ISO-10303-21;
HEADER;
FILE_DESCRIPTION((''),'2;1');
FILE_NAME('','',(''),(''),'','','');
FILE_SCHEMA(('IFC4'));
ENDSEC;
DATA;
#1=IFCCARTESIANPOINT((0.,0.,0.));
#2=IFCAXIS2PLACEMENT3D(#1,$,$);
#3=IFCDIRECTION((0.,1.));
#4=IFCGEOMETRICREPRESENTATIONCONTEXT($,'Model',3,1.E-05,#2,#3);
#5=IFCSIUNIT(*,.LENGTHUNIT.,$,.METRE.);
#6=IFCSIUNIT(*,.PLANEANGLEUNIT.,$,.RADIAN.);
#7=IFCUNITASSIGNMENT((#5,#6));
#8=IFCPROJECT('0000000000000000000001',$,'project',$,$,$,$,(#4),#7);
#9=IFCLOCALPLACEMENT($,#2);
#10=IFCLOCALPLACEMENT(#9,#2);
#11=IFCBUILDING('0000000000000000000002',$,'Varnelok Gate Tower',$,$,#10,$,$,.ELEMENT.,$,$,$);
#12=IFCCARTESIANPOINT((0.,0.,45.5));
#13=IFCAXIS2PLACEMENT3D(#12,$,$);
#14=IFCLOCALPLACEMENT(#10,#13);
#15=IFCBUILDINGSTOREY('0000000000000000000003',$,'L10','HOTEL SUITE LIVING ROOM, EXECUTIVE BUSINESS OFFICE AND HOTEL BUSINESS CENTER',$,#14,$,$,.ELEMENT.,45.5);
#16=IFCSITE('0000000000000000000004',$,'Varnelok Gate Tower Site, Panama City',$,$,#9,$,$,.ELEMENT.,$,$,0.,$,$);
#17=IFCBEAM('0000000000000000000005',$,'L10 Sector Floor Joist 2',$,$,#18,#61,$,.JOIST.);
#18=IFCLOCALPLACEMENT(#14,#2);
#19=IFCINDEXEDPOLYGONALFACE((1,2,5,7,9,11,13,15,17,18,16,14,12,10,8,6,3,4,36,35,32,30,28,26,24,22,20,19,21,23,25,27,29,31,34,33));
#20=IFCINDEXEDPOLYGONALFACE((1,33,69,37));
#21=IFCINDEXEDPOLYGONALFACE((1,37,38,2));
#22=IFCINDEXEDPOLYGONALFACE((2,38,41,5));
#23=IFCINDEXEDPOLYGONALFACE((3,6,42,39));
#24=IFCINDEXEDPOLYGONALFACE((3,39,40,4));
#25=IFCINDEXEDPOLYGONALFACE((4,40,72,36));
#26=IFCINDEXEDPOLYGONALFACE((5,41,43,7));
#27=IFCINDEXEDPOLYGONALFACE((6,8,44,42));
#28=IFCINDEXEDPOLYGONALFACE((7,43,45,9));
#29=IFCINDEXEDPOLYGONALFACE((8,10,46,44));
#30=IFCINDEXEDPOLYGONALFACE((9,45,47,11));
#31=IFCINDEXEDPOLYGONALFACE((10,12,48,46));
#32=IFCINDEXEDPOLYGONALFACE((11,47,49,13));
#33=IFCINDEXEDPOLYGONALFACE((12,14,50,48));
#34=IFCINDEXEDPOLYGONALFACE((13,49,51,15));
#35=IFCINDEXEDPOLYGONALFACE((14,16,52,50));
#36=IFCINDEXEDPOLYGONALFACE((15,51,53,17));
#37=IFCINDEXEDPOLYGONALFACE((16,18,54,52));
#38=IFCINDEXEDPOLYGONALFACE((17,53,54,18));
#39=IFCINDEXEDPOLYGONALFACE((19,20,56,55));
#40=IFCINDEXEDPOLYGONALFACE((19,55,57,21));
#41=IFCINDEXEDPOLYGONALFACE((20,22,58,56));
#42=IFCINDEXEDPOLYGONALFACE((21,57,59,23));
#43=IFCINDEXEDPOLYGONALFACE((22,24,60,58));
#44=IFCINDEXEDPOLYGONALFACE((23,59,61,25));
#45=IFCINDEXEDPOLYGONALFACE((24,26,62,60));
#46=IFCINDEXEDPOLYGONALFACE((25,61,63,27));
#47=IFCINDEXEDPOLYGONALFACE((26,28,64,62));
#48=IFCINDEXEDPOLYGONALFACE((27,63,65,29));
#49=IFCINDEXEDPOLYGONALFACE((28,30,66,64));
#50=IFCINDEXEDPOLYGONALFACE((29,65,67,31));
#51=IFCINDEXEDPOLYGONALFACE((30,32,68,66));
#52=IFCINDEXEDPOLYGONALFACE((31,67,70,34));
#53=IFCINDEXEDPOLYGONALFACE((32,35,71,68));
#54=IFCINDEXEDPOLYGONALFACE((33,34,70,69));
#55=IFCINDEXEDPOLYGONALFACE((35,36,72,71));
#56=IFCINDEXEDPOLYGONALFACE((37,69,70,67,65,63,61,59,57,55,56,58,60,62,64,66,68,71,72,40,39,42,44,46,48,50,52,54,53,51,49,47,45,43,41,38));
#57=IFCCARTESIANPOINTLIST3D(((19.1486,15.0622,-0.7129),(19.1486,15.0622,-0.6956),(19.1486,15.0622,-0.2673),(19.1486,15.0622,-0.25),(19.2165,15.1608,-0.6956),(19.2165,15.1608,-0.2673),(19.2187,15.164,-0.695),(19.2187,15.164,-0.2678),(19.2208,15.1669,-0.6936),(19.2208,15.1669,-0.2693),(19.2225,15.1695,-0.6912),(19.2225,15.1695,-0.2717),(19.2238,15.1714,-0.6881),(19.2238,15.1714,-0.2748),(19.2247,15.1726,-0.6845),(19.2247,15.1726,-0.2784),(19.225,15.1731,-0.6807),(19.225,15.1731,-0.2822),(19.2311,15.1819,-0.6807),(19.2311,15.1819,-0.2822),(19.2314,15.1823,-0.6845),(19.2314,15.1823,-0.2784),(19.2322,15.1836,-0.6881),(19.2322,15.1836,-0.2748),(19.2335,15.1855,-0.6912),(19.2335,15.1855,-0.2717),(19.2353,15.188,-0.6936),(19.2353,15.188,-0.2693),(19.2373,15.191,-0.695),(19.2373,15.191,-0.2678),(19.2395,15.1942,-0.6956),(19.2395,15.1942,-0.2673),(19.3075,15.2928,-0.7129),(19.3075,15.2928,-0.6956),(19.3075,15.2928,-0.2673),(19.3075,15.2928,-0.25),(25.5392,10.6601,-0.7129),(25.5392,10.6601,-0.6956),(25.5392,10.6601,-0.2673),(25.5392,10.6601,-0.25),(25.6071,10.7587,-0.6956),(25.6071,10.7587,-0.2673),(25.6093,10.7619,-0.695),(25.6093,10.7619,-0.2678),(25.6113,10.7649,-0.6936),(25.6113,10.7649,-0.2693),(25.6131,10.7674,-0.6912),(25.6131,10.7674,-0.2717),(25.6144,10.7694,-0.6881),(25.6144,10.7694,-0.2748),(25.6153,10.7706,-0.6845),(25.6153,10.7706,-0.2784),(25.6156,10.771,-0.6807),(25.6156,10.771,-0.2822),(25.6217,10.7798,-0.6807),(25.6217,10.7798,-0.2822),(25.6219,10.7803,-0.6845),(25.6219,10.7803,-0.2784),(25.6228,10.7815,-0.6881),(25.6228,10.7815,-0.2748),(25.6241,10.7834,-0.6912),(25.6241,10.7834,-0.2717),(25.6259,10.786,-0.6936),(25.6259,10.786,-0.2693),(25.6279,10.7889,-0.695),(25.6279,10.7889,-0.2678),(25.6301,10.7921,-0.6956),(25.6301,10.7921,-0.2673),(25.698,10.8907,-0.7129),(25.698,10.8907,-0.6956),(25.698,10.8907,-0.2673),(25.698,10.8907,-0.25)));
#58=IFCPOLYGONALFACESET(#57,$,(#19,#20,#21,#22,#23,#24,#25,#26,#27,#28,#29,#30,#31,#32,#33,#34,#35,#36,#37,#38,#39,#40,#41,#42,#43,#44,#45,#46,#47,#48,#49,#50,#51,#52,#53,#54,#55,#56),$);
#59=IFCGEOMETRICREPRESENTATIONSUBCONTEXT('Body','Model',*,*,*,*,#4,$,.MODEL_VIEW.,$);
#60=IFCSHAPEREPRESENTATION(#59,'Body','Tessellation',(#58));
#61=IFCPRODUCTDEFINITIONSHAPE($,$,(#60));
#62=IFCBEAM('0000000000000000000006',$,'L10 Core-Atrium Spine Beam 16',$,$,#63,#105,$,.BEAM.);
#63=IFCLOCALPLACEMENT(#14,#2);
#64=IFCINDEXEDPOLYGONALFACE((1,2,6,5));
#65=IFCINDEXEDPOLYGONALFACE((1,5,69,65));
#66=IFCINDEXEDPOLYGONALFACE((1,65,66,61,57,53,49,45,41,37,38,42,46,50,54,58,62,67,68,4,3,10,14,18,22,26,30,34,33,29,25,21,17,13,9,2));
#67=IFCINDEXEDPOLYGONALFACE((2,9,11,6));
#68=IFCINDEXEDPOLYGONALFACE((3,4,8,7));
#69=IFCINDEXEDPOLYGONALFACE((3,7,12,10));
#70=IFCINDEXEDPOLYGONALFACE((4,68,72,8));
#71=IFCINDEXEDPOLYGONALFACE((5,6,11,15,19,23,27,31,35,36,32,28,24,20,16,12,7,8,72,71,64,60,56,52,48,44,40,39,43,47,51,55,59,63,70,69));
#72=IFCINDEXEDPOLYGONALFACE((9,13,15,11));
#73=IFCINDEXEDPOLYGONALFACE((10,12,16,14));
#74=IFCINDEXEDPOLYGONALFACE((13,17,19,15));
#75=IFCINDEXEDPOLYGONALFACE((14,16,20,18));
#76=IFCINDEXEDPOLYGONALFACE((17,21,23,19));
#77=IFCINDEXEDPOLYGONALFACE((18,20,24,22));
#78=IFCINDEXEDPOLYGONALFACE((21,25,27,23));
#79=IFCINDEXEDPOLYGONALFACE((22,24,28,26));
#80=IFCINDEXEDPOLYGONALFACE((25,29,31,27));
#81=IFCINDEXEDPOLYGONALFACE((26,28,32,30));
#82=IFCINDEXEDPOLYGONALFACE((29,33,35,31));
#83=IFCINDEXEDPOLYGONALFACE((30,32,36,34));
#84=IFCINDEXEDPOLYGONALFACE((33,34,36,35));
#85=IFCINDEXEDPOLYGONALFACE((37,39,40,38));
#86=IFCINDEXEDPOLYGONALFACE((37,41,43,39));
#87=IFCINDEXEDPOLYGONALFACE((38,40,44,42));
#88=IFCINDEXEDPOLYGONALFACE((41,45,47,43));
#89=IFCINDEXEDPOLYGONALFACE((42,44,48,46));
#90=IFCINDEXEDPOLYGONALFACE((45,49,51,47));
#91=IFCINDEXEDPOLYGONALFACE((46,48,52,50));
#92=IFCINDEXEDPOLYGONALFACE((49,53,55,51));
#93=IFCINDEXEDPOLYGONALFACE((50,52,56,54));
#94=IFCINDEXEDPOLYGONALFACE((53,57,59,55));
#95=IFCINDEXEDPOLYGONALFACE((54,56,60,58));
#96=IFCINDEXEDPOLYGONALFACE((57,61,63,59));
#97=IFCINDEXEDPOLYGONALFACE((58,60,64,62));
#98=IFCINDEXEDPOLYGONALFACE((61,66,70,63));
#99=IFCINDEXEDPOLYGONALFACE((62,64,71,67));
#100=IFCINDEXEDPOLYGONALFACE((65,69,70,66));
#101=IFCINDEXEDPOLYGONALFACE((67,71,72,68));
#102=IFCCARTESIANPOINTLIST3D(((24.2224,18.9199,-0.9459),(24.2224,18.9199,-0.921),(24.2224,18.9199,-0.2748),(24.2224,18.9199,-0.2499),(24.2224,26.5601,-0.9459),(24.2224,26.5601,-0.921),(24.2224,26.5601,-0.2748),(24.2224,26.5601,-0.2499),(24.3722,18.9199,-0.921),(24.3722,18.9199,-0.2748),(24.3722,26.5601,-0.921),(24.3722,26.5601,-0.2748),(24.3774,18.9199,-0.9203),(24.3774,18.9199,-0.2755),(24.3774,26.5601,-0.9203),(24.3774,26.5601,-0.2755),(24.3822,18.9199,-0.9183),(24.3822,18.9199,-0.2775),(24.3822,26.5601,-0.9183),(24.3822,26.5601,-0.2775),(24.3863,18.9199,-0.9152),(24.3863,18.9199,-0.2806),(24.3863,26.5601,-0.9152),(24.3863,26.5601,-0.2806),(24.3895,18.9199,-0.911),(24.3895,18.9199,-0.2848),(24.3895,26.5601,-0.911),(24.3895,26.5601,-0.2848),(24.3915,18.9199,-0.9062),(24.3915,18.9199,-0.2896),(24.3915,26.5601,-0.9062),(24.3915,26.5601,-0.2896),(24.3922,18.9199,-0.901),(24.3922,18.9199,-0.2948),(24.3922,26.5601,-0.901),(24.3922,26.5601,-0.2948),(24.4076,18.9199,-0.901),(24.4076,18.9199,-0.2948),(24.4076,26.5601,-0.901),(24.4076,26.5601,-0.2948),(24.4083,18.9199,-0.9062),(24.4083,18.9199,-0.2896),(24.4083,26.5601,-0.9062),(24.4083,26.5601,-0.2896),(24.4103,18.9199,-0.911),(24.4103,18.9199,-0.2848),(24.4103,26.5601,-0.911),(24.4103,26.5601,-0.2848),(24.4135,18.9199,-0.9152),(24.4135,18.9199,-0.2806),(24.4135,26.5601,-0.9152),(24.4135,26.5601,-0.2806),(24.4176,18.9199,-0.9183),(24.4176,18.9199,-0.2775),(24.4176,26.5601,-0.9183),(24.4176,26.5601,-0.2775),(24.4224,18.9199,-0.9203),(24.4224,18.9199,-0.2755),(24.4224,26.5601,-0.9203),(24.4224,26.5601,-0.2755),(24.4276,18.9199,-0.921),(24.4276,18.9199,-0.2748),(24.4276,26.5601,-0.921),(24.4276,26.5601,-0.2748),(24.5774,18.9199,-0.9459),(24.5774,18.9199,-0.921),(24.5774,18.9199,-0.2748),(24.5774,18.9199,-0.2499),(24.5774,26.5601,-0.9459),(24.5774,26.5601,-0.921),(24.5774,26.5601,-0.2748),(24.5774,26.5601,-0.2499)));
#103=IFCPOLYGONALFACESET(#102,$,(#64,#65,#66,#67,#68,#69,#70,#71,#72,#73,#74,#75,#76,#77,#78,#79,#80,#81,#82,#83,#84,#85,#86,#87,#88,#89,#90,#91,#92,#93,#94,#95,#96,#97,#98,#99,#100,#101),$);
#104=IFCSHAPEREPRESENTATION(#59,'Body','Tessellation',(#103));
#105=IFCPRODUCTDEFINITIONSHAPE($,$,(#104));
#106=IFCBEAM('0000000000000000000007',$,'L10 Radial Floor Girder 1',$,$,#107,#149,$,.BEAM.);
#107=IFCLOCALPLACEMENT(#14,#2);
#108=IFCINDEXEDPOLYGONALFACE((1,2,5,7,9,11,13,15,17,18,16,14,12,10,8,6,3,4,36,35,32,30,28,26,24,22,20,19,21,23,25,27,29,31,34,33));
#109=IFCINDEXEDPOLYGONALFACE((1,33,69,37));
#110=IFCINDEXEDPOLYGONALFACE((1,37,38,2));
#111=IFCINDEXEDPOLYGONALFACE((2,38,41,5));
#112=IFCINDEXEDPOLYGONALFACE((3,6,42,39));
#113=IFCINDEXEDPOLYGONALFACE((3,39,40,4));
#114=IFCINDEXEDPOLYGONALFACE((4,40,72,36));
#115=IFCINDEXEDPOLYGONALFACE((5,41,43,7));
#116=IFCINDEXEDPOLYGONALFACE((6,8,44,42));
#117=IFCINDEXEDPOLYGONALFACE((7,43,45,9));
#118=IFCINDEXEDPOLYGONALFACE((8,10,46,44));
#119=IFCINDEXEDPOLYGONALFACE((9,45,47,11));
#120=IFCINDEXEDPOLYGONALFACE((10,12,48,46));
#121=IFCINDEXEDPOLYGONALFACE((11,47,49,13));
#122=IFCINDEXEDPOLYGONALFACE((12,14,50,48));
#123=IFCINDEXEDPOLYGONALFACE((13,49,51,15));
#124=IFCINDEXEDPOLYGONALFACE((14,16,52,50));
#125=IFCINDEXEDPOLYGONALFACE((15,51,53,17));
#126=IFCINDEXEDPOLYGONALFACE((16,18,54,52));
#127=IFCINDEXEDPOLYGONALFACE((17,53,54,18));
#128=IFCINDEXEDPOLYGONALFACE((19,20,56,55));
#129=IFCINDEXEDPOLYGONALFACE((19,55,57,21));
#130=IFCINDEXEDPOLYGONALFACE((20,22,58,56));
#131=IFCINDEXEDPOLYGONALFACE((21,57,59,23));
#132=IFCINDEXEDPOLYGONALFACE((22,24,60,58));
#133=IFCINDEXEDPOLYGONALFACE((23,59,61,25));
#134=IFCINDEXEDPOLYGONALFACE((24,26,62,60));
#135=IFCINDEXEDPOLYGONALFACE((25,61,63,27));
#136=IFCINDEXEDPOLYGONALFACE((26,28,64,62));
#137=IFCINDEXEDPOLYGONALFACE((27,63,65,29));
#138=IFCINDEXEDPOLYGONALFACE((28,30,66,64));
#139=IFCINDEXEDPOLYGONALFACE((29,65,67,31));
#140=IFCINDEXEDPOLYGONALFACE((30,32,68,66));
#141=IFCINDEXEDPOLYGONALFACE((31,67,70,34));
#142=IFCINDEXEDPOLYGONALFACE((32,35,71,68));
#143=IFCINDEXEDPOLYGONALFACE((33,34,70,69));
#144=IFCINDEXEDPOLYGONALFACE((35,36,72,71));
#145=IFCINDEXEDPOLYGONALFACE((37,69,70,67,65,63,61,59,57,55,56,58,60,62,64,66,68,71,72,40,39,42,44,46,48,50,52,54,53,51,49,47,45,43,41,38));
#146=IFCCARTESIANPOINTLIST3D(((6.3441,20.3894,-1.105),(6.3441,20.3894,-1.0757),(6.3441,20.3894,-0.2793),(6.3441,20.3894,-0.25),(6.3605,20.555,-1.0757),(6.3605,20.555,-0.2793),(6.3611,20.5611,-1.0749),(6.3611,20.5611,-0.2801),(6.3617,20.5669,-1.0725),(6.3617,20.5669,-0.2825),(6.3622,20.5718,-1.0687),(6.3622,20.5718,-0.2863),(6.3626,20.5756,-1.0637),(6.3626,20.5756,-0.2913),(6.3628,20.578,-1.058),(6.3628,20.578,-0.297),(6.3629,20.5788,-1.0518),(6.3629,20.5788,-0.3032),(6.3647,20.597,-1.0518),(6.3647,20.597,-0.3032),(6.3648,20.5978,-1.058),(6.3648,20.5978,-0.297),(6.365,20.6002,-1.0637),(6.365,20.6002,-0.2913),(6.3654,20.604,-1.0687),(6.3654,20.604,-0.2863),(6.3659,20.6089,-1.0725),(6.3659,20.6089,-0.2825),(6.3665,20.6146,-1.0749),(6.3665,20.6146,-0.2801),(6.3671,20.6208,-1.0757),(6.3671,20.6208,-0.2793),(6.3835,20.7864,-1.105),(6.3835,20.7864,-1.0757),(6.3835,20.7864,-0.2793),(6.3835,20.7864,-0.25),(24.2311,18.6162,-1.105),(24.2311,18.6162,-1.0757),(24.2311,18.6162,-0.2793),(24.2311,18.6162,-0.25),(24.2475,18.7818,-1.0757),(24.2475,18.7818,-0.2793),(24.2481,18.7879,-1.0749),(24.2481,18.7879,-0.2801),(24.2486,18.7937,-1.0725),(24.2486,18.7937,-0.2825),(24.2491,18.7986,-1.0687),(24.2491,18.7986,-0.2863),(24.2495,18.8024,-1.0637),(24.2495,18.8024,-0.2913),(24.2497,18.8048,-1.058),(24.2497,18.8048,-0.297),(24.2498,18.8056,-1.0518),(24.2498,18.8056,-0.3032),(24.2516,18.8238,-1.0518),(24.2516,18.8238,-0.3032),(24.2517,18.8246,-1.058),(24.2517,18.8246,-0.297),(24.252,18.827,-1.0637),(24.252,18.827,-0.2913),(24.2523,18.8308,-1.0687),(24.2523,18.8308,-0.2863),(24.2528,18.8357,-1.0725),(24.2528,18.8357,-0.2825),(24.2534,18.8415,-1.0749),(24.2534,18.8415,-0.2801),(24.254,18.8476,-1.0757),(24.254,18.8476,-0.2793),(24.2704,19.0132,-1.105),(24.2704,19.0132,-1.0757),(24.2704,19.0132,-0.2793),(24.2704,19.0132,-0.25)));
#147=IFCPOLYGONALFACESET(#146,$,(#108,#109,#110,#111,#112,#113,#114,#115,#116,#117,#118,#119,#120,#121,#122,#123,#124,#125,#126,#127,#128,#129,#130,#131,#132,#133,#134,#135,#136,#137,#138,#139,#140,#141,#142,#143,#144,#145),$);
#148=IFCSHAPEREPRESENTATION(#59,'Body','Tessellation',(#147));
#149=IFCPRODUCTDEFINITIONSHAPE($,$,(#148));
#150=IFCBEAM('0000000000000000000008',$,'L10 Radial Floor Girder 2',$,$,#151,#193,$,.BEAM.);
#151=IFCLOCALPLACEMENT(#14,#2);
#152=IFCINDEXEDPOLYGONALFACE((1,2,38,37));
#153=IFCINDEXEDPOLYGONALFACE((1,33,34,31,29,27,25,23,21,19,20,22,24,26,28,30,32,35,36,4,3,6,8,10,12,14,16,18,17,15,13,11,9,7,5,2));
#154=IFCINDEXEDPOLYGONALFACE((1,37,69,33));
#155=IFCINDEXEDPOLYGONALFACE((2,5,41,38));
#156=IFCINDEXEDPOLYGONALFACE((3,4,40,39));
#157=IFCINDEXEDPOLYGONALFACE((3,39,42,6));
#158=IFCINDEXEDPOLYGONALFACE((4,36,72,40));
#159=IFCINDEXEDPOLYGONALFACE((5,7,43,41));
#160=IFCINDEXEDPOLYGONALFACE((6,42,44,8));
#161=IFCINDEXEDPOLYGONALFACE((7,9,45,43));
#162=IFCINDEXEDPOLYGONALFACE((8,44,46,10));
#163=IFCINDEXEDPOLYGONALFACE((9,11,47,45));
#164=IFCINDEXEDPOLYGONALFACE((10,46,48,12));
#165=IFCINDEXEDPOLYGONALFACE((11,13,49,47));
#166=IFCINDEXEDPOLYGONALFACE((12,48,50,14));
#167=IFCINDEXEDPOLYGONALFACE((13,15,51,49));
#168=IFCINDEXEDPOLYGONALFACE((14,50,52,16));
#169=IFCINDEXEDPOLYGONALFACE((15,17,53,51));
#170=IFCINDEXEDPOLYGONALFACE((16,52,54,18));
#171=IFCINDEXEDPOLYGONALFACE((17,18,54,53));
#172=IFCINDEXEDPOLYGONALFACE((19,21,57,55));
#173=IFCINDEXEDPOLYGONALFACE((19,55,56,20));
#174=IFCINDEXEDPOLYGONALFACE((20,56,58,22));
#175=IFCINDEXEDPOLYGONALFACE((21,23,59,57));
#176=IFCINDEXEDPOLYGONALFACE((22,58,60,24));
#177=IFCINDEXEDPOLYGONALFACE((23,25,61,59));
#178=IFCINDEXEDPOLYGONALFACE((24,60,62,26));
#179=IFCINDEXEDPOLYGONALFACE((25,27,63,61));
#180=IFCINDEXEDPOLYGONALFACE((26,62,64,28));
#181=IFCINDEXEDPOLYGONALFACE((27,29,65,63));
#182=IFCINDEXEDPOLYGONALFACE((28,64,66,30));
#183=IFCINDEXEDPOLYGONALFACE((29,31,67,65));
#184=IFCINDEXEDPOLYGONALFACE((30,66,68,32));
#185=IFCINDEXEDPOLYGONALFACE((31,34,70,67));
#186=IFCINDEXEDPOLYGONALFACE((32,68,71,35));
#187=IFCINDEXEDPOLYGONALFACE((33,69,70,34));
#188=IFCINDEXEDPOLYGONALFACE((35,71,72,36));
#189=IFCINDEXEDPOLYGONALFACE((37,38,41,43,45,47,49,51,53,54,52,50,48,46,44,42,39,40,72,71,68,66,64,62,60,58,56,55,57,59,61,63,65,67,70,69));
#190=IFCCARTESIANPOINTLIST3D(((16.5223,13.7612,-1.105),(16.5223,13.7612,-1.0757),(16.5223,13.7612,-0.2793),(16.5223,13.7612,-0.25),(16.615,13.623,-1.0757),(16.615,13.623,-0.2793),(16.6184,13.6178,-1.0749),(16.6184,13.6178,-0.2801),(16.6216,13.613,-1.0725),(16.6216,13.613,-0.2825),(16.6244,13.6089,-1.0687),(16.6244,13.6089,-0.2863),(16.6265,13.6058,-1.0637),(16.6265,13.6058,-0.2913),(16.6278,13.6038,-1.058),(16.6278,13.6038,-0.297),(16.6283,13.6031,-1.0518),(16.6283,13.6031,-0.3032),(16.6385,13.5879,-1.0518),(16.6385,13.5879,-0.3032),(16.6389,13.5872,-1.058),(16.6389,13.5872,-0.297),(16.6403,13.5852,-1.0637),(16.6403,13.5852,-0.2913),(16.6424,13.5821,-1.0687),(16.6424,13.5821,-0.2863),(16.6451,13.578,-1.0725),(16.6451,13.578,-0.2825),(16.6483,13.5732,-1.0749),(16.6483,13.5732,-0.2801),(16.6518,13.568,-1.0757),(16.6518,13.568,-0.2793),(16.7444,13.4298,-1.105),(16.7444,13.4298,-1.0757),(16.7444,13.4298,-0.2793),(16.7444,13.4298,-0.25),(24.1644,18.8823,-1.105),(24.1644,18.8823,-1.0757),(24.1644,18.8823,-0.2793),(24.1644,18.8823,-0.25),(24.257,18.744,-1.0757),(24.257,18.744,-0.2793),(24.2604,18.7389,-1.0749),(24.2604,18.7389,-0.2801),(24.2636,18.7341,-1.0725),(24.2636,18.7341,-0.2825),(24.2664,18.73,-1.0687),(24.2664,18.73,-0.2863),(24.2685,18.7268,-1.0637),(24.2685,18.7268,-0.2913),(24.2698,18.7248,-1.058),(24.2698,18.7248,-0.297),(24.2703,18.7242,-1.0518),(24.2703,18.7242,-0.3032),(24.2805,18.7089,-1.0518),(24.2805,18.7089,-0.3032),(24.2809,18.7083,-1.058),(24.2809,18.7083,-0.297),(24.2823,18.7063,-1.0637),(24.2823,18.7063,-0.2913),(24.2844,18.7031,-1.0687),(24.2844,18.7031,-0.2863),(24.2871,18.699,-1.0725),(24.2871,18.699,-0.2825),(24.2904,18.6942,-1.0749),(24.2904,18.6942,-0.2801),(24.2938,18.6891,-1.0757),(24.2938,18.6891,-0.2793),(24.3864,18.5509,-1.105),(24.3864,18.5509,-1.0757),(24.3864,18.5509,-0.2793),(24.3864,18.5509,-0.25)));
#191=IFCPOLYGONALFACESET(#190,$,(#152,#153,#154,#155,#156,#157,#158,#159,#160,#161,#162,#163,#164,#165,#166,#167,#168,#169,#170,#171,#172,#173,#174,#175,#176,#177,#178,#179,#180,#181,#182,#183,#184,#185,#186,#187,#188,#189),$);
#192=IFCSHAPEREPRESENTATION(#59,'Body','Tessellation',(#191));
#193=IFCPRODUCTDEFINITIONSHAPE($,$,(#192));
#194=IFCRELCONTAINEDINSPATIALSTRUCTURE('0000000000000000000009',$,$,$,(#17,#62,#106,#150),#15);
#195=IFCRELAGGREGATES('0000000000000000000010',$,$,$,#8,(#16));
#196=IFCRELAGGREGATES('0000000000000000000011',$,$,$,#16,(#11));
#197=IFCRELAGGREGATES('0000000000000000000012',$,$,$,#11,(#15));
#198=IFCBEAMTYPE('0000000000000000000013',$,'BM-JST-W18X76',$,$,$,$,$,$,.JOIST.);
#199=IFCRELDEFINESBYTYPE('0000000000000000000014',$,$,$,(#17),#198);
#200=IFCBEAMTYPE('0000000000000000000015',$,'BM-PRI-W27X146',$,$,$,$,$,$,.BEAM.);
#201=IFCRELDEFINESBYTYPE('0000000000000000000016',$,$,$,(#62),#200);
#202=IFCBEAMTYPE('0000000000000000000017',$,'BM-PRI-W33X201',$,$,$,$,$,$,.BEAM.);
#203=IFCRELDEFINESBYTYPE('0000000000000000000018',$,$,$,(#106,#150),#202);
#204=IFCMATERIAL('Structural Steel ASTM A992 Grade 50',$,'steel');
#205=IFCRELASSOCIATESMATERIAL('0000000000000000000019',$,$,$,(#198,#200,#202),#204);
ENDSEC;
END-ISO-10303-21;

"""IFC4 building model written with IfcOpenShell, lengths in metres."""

from ifc_helpers import new_model, si_unit, direction, frame, origin, origin_2d, place, context, subcontext, project, spatial, i_section, extrude, material, material_profile, profile_set, type_object, element, save


model = new_model("IFC4")

# Units and contexts
model_context = context("Model", 3, precision=1e-05, world=origin(), true_north=direction((0.0, 1.0)))
body_context = subcontext(model_context, "Body", "Model", "MODEL_VIEW")
ifc_project = project(units=[si_unit("LENGTHUNIT", "METRE"), si_unit("PLANEANGLEUNIT", "RADIAN")], contexts=[model_context])

# Site, building, storey
site_placement = place(None, origin())
site = spatial("IfcSite", under=ifc_project, at=site_placement, Name="Varnelok Gate Tower Site, Panama City", CompositionType="ELEMENT", RefElevation=0.0)
building_placement = place(site_placement, origin())
building = spatial("IfcBuilding", under=site, at=building_placement, Name="Varnelok Gate Tower", CompositionType="ELEMENT")
storey_placement = place(building_placement, frame((0.0, 0.0, 45.5)))
storey = spatial("IfcBuildingStorey", under=building, at=storey_placement, Name="L10", Description="HOTEL SUITE LIVING ROOM, EXECUTIVE BUSINESS OFFICE AND HOTEL BUSINESS CENTER", CompositionType="ELEMENT", Elevation=45.5)

# Shared definitions
ifc_material_1 = material(Name="Structural Steel ASTM A992 Grade 50", Category="steel")

# Beams
ifc_material_profile_1 = material_profile(ifc_material_1, i_section(OverallWidth=0.28, OverallDepth=0.4629, WebThickness=0.0107, FlangeThickness=0.0173, FilletRadius=0.0149, at=origin_2d()), Name="W18X76")
ifc_profile_set_1 = profile_set([ifc_material_profile_1], Name="Structural Steel ASTM A992 Grade 50")
beam_type_1 = type_object("IfcBeamType", Name="BM-JST-W18X76", PredefinedType="JOIST", material=ifc_profile_set_1)
beam_1_placement = place(storey_placement, frame((19.228, 15.1775, -0.4814), z_axis=(0.823528, -0.567276, 0.0), x_axis=(0.567276, 0.823528, 0.0)))
element("IfcBeam", 1, at=beam_1_placement, inside=storey, type_object=beam_type_1, Name="L10 Sector Floor Joist 2", PredefinedType="JOIST", context=body_context, shape_type="SweptSolid", body=[
    extrude(i_section(OverallWidth=0.28, OverallDepth=0.4629, WebThickness=0.0107, FlangeThickness=0.0173, FilletRadius=0.0149, at=origin_2d()), origin(), (0.0, 0.0, 1.0), 7.76),
])
ifc_material_profile_2 = material_profile(ifc_material_1, i_section(OverallWidth=0.355, OverallDepth=0.696, WebThickness=0.0154, FlangeThickness=0.0249, FilletRadius=0.02, at=origin_2d()), Name="W27X146")
ifc_profile_set_2 = profile_set([ifc_material_profile_2], Name="Structural Steel ASTM A992 Grade 50")
beam_type_2 = type_object("IfcBeamType", Name="BM-PRI-W27X146", PredefinedType="BEAM", material=ifc_profile_set_2)
beam_2_placement = place(storey_placement, frame((24.3999, 18.9199, -0.5979), z_axis=(0.0, 1.0, 0.0), x_axis=(-1.0, 0.0, 0.0)))
element("IfcBeam", 2, at=beam_2_placement, inside=storey, type_object=beam_type_2, Name="L10 Core-Atrium Spine Beam 16", PredefinedType="BEAM", context=body_context, shape_type="SweptSolid", body=[
    extrude(i_section(OverallWidth=0.355, OverallDepth=0.696, WebThickness=0.0154, FlangeThickness=0.0249, FilletRadius=0.02, at=origin_2d()), origin(), (0.0, 0.0, 1.0), 7.6401),
])
ifc_material_profile_3 = material_profile(ifc_material_1, i_section(OverallWidth=0.3989, OverallDepth=0.855, WebThickness=0.0183, FlangeThickness=0.0293, FilletRadius=0.0239, at=origin_2d()), Name="W33X201")
ifc_profile_set_3 = profile_set([ifc_material_profile_3], Name="Structural Steel ASTM A992 Grade 50")
beam_type_3 = type_object("IfcBeamType", Name="BM-PRI-W33X201", PredefinedType="BEAM", material=ifc_profile_set_3)
beam_3_placement = place(storey_placement, frame((24.2507, 18.8147, -0.6775), z_axis=(-0.995122, 0.09865, 0.0), x_axis=(-0.09865, -0.995122, 0.0)))
element("IfcBeam", 3, at=beam_3_placement, inside=storey, type_object=beam_type_3, Name="L10 Radial Floor Girder 1", PredefinedType="BEAM", context=body_context, shape_type="SweptSolid", body=[
    extrude(i_section(OverallWidth=0.3989, OverallDepth=0.855, WebThickness=0.0183, FlangeThickness=0.0293, FilletRadius=0.0239, at=origin_2d()), origin(), (0.0, 0.0, 1.0), 17.9746),
])
beam_4_placement = place(storey_placement, frame((24.2754, 18.7166, -0.6775), z_axis=(-0.830725, -0.556683, 0.0), x_axis=(0.556683, -0.830725, 0.0)))
element("IfcBeam", 4, at=beam_4_placement, inside=storey, type_object=beam_type_3, Name="L10 Radial Floor Girder 2", PredefinedType="BEAM", context=body_context, shape_type="SweptSolid", body=[
    extrude(i_section(OverallWidth=0.3989, OverallDepth=0.855, WebThickness=0.0183, FlangeThickness=0.0293, FilletRadius=0.0239, at=origin_2d()), origin(), (0.0, 0.0, 1.0), 9.1992),
])

save(model, "model.ifc")
